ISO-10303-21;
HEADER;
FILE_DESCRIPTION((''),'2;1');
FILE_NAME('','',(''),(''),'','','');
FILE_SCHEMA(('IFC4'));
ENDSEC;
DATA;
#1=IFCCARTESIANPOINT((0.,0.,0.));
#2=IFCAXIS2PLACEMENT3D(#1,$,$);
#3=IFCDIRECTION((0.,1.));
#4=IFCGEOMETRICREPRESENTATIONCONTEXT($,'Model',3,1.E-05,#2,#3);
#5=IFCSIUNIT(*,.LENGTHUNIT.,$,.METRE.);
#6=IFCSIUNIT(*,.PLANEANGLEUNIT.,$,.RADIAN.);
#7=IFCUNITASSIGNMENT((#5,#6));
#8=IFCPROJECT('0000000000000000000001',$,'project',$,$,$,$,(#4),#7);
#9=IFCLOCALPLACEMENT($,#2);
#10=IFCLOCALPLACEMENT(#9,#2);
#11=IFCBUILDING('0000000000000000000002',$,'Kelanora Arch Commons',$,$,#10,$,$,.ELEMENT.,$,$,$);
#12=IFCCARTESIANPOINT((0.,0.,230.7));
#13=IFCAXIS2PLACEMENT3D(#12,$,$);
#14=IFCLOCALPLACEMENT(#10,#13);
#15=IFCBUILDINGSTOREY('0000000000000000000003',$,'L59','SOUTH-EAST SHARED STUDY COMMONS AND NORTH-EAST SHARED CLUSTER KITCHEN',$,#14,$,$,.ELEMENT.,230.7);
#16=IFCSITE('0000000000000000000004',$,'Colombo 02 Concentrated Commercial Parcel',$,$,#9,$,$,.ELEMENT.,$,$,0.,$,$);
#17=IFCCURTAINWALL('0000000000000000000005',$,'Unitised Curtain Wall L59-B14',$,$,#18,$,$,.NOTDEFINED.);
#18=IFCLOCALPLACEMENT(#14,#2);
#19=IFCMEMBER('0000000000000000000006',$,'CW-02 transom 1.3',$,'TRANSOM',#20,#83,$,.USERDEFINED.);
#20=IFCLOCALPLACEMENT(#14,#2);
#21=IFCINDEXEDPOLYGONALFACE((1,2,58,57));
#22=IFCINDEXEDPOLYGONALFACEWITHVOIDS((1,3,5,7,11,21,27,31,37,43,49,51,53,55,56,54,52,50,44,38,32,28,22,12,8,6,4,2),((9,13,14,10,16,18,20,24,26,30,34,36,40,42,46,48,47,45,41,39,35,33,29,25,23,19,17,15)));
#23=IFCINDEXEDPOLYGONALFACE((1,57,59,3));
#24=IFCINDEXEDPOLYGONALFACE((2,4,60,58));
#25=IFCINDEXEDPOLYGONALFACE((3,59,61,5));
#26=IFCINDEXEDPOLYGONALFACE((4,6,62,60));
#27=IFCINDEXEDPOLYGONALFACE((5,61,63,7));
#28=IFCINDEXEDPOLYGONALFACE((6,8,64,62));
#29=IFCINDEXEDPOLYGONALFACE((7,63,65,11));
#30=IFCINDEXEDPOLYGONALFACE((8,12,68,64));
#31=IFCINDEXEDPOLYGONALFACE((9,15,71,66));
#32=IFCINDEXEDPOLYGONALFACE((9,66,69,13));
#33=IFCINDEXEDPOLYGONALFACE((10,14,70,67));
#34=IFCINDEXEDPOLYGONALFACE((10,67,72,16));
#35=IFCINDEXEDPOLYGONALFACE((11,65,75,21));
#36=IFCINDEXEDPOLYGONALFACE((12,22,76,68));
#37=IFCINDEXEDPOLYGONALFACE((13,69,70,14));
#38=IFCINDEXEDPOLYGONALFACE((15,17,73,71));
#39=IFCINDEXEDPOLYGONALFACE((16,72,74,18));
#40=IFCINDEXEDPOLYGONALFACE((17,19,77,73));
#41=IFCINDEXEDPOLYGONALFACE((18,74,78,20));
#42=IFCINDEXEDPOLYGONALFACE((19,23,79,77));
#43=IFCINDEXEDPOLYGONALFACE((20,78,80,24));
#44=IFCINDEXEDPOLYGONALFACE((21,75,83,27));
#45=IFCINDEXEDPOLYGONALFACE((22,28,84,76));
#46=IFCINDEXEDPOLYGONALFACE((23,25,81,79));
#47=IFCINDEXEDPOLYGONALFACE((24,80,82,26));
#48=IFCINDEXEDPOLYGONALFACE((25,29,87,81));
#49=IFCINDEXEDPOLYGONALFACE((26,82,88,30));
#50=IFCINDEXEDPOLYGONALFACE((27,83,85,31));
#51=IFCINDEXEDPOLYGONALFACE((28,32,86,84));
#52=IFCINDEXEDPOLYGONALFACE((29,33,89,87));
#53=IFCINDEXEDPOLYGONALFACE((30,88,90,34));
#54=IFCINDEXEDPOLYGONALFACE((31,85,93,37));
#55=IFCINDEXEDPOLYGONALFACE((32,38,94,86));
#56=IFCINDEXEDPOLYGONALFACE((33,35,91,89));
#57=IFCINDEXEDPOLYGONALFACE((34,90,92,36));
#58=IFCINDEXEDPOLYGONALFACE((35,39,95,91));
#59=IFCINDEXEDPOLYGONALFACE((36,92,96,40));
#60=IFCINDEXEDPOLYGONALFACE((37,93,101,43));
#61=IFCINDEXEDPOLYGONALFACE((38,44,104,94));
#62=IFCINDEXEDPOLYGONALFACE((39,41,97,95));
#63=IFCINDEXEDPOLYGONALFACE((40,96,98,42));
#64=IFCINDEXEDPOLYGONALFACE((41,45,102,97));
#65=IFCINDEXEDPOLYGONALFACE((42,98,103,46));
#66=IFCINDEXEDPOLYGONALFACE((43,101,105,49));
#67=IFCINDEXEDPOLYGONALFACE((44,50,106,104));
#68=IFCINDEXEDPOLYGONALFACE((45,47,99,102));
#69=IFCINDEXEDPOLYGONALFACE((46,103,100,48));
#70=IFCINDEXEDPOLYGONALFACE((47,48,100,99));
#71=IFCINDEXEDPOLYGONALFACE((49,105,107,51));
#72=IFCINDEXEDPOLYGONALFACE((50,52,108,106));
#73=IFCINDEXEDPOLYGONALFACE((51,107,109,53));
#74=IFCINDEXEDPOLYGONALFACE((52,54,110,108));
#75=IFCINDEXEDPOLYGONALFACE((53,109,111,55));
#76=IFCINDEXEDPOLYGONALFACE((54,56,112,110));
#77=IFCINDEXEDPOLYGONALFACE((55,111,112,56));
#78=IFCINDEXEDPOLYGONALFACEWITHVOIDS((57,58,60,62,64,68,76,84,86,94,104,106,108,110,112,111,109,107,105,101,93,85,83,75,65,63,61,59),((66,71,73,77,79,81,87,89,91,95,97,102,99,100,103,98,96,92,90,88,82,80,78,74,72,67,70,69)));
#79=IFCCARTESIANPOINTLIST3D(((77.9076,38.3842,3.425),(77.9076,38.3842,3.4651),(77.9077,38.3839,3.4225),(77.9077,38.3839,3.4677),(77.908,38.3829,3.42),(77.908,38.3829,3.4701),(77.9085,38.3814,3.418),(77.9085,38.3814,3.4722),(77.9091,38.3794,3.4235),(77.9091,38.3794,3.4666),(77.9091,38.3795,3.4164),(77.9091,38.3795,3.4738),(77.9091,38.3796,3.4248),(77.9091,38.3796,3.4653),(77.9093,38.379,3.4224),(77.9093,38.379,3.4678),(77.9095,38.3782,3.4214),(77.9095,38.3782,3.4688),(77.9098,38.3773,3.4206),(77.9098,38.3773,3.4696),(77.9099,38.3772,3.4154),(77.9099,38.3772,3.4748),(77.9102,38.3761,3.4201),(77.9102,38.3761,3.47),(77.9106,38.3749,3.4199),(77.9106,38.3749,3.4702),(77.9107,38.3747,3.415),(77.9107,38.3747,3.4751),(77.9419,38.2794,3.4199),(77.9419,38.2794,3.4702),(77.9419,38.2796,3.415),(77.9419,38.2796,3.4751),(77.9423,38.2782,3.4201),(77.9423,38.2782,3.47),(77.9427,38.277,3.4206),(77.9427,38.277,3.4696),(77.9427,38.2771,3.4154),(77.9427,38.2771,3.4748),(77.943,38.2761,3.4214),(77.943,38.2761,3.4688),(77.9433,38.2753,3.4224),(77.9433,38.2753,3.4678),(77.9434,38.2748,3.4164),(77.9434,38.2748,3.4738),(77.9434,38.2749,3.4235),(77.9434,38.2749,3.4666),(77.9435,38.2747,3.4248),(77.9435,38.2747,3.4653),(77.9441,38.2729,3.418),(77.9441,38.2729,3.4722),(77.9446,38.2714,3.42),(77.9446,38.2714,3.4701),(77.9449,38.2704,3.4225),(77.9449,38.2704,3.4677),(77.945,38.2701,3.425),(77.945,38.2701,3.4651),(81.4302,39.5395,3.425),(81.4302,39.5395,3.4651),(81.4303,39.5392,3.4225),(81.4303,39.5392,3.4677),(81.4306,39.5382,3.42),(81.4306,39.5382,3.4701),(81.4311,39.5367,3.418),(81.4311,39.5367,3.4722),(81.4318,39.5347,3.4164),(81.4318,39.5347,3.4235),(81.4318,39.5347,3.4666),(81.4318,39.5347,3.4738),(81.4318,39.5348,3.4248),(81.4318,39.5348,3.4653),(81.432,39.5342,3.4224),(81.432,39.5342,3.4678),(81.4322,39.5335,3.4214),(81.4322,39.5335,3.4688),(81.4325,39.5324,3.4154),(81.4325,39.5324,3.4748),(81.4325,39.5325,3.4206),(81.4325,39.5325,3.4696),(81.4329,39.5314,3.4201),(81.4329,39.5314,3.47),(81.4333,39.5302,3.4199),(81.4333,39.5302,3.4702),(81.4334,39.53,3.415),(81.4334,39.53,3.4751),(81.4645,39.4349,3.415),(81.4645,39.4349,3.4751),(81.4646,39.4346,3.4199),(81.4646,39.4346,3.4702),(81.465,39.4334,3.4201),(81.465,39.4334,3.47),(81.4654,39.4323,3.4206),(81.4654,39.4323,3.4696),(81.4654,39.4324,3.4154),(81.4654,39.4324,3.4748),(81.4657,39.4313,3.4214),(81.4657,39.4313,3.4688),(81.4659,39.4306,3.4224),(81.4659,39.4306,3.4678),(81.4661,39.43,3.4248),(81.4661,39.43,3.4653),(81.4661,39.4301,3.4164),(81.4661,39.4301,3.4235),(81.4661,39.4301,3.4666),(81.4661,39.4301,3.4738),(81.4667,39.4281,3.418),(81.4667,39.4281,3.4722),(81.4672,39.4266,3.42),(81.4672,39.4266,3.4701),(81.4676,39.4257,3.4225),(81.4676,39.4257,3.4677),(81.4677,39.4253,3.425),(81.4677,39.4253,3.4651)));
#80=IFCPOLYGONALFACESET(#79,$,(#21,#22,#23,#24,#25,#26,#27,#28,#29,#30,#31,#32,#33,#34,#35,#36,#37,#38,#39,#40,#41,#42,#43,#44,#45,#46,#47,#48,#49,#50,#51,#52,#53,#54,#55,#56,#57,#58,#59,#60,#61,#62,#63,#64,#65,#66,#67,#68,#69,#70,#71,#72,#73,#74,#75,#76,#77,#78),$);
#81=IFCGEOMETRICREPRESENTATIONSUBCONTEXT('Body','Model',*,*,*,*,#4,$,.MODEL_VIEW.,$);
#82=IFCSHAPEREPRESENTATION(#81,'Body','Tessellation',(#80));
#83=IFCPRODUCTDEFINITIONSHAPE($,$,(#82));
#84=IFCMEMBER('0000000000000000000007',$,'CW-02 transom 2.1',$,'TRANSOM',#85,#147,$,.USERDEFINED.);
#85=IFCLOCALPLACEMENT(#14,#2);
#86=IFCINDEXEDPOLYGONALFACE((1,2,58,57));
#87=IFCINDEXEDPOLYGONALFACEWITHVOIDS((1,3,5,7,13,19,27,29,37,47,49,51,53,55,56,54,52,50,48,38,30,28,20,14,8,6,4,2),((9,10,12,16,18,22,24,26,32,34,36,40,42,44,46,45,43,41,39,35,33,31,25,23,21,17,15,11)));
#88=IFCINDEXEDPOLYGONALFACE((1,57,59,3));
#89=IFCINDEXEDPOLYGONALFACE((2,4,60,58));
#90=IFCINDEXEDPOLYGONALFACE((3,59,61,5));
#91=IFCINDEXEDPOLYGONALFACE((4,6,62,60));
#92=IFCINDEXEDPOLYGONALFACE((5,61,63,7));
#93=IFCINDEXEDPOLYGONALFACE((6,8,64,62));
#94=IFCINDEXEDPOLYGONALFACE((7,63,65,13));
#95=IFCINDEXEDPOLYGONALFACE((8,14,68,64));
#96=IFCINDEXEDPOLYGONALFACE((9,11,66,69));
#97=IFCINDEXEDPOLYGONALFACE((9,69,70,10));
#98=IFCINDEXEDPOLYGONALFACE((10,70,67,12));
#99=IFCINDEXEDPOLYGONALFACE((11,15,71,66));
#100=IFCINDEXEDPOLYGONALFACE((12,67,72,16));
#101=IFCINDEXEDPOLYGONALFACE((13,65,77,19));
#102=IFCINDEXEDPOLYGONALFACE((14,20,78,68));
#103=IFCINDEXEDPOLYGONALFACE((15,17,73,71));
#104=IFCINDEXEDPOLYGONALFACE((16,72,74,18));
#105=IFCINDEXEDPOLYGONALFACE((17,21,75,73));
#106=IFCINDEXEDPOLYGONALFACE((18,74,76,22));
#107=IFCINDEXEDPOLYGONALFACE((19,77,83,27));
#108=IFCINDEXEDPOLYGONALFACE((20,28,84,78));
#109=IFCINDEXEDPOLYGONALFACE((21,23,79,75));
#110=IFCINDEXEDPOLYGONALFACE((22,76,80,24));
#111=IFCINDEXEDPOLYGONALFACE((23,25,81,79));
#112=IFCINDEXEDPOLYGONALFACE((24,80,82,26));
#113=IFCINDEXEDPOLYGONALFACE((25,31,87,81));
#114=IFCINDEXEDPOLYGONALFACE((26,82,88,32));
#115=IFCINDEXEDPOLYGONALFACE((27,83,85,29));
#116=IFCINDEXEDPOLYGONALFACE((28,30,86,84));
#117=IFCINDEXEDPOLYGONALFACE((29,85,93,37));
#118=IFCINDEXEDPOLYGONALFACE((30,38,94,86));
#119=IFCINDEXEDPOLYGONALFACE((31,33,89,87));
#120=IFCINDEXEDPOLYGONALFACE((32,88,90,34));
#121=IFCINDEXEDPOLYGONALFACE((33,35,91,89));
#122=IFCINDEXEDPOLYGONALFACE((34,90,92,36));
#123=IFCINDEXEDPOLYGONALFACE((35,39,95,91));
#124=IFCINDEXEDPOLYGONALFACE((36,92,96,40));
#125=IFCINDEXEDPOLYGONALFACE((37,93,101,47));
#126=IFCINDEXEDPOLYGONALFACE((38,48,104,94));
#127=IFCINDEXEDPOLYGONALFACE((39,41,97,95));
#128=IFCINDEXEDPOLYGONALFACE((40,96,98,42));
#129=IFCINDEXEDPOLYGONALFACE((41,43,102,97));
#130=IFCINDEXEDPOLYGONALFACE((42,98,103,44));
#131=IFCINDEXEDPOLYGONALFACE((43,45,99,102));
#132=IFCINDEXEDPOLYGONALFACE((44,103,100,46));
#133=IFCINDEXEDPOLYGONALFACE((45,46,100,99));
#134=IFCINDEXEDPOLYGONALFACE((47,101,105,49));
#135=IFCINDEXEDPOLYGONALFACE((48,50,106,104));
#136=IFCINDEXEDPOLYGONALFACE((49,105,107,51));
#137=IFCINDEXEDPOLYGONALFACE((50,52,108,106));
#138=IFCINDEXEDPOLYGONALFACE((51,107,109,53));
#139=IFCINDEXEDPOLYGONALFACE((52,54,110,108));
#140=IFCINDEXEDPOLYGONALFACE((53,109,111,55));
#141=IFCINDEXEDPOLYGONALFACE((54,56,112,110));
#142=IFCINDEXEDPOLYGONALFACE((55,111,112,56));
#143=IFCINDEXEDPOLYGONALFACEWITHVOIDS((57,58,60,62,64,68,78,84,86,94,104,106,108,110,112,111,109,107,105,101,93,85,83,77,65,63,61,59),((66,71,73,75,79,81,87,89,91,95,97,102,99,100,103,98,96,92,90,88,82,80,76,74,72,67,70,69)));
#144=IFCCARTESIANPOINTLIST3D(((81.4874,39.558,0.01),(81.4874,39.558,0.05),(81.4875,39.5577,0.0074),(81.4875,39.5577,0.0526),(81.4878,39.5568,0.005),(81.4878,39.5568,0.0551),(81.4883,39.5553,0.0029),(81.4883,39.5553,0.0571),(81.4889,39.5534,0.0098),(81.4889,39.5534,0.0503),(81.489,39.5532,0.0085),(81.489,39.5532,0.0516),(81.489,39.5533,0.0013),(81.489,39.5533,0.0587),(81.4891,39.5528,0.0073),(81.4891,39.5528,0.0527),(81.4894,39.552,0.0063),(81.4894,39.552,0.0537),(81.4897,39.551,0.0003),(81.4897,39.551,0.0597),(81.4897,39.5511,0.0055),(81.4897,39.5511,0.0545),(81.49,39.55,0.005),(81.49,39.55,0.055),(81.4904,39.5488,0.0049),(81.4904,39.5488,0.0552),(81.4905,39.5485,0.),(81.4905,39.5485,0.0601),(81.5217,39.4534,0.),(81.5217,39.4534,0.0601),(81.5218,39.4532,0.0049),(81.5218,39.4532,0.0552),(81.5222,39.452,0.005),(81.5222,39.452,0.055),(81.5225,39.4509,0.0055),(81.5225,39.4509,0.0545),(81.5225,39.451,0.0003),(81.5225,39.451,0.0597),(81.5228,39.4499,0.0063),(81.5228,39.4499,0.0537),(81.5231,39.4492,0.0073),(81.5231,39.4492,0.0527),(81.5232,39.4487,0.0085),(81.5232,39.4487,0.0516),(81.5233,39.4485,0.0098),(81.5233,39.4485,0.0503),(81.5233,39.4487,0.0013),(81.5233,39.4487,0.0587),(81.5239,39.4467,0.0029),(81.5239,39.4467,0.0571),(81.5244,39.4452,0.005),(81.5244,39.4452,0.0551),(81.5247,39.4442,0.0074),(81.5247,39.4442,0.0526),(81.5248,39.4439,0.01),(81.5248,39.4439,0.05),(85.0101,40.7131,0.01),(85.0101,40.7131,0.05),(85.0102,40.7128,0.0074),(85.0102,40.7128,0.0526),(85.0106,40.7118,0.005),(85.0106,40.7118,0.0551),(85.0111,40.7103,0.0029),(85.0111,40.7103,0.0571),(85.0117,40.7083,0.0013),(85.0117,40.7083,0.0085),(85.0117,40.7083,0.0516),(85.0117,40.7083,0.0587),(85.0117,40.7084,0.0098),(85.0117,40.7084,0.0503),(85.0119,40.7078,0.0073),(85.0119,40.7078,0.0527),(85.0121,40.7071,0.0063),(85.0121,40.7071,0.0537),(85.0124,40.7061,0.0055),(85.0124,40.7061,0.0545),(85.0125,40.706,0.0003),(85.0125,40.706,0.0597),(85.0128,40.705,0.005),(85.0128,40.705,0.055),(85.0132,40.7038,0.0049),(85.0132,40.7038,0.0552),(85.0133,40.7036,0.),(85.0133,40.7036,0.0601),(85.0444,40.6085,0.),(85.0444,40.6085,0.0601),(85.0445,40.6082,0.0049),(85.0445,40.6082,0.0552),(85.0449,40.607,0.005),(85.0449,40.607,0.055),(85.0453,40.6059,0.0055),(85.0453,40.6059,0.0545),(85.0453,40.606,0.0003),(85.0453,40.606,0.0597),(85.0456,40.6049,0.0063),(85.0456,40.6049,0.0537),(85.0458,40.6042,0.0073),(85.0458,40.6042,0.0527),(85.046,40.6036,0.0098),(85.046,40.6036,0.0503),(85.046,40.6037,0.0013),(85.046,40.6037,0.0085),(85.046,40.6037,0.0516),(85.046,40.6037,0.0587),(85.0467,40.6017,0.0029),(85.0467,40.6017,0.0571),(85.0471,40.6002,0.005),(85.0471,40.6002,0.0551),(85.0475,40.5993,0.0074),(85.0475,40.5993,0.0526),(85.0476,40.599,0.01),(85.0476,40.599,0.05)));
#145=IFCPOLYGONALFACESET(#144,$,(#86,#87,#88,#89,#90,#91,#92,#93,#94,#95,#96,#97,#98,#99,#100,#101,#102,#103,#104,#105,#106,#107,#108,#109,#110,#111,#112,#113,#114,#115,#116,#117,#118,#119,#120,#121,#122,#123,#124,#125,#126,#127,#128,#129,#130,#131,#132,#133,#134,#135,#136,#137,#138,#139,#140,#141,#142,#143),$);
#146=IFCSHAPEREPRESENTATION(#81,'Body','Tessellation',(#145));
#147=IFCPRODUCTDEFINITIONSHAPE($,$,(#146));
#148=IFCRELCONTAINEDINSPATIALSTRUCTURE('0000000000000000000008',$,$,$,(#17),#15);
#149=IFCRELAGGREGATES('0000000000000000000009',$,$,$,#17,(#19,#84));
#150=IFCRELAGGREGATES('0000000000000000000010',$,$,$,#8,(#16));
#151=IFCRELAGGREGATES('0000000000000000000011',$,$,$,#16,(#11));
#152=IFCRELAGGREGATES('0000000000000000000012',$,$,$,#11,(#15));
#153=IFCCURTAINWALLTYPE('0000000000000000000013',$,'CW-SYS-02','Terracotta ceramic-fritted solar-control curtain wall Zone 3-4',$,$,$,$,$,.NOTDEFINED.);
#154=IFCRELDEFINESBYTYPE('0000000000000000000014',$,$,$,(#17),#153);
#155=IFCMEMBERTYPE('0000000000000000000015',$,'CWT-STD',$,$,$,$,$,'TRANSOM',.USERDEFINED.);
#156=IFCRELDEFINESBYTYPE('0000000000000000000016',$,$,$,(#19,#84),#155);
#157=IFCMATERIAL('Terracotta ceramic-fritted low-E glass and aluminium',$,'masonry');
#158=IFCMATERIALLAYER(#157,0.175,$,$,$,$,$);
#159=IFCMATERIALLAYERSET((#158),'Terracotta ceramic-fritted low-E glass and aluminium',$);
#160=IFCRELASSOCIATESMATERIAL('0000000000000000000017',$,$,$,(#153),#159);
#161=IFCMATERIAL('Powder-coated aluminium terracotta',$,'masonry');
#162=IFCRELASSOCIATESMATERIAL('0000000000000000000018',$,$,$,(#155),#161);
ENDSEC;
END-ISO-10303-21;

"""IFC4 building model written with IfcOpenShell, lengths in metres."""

from ifc_helpers import new_model, si_unit, direction, frame, origin, origin_2d, place, context, subcontext, project, spatial, hollow_rectangle, extrude, material, layer, layer_set, material_profile, profile_set, type_object, element, aggregate, save


model = new_model("IFC4")

# Units and contexts
model_context = context("Model", 3, precision=1e-05, world=origin(), true_north=direction((0.0, 1.0)))
body_context = subcontext(model_context, "Body", "Model", "MODEL_VIEW")
ifc_project = project(units=[si_unit("LENGTHUNIT", "METRE"), si_unit("PLANEANGLEUNIT", "RADIAN")], contexts=[model_context])

# Site, building, storey
site_placement = place(None, origin())
site = spatial("IfcSite", under=ifc_project, at=site_placement, Name="Colombo 02 Concentrated Commercial Parcel", CompositionType="ELEMENT", RefElevation=0.0)
building_placement = place(site_placement, origin())
building = spatial("IfcBuilding", under=site, at=building_placement, Name="Kelanora Arch Commons", CompositionType="ELEMENT")
storey_placement = place(building_placement, frame((0.0, 0.0, 230.7)))
storey = spatial("IfcBuildingStorey", under=building, at=storey_placement, Name="L59", Description="SOUTH-EAST SHARED STUDY COMMONS AND NORTH-EAST SHARED CLUSTER KITCHEN", CompositionType="ELEMENT", Elevation=230.7)

# Curtain wall, members
ifc_material_1 = material(Name="Terracotta ceramic-fritted low-E glass and aluminium", Category="masonry")
ifc_layer_1 = layer(ifc_material_1, 0.175)
ifc_layer_set_1 = layer_set([ifc_layer_1], Name="Terracotta ceramic-fritted low-E glass and aluminium")
curtain_wall_type = type_object("IfcCurtainWallType", Name="CW-SYS-02", Description="Terracotta ceramic-fritted solar-control curtain wall Zone 3-4", PredefinedType="NOTDEFINED", material=ifc_layer_set_1)
curtain_wall_placement = place(storey_placement, origin())
curtain_wall = element("IfcCurtainWall", 1, at=curtain_wall_placement, inside=storey, type_object=curtain_wall_type, Name="Unitised Curtain Wall L59-B14", PredefinedType="NOTDEFINED")
ifc_material_2 = material(Name="Powder-coated aluminium terracotta", Category="masonry")
ifc_material_profile_1 = material_profile(ifc_material_2, hollow_rectangle(XDim=0.1201, YDim=0.0601, WallThickness=0.0049, InnerFilletRadius=0.0049, OuterFilletRadius=0.01, at=origin_2d()), Name="CWT120x60")
ifc_profile_set_1 = profile_set([ifc_material_profile_1], Name="Powder-coated aluminium terracotta")
member_type_1 = type_object("IfcMemberType", Name="CWT-STD", ElementType="TRANSOM", PredefinedType="USERDEFINED", material=ifc_profile_set_1)
member_1_placement = place(storey_placement, frame((77.9263, 38.3271, 3.4451), z_axis=(0.950207, 0.311621, 0.0), x_axis=(-0.311621, 0.950207, 0.0)))
member_1 = element("IfcMember", 2, at=member_1_placement, type_object=member_type_1, Name="CW-02 transom 1.3", ObjectType="TRANSOM", PredefinedType="USERDEFINED", context=body_context, shape_type="SweptSolid", body=[
    extrude(hollow_rectangle(XDim=0.1201, YDim=0.0601, WallThickness=0.0049, InnerFilletRadius=0.0049, OuterFilletRadius=0.01, at=origin_2d()), origin(), (0.0, 0.0, 1.0), 3.7073),
])
member_2_placement = place(storey_placement, frame((81.5061, 39.501, 0.03), z_axis=(0.950226, 0.311561, 0.0), x_axis=(-0.311561, 0.950226, 0.0)))
member_2 = element("IfcMember", 3, at=member_2_placement, type_object=member_type_1, Name="CW-02 transom 2.1", ObjectType="TRANSOM", PredefinedType="USERDEFINED", context=body_context, shape_type="SweptSolid", body=[
    extrude(hollow_rectangle(XDim=0.1201, YDim=0.0601, WallThickness=0.0049, InnerFilletRadius=0.0049, OuterFilletRadius=0.01, at=origin_2d()), origin(), (0.0, 0.0, 1.0), 3.7073),
])
aggregate(curtain_wall, [member_1, member_2])

save(model, "model.ifc")
